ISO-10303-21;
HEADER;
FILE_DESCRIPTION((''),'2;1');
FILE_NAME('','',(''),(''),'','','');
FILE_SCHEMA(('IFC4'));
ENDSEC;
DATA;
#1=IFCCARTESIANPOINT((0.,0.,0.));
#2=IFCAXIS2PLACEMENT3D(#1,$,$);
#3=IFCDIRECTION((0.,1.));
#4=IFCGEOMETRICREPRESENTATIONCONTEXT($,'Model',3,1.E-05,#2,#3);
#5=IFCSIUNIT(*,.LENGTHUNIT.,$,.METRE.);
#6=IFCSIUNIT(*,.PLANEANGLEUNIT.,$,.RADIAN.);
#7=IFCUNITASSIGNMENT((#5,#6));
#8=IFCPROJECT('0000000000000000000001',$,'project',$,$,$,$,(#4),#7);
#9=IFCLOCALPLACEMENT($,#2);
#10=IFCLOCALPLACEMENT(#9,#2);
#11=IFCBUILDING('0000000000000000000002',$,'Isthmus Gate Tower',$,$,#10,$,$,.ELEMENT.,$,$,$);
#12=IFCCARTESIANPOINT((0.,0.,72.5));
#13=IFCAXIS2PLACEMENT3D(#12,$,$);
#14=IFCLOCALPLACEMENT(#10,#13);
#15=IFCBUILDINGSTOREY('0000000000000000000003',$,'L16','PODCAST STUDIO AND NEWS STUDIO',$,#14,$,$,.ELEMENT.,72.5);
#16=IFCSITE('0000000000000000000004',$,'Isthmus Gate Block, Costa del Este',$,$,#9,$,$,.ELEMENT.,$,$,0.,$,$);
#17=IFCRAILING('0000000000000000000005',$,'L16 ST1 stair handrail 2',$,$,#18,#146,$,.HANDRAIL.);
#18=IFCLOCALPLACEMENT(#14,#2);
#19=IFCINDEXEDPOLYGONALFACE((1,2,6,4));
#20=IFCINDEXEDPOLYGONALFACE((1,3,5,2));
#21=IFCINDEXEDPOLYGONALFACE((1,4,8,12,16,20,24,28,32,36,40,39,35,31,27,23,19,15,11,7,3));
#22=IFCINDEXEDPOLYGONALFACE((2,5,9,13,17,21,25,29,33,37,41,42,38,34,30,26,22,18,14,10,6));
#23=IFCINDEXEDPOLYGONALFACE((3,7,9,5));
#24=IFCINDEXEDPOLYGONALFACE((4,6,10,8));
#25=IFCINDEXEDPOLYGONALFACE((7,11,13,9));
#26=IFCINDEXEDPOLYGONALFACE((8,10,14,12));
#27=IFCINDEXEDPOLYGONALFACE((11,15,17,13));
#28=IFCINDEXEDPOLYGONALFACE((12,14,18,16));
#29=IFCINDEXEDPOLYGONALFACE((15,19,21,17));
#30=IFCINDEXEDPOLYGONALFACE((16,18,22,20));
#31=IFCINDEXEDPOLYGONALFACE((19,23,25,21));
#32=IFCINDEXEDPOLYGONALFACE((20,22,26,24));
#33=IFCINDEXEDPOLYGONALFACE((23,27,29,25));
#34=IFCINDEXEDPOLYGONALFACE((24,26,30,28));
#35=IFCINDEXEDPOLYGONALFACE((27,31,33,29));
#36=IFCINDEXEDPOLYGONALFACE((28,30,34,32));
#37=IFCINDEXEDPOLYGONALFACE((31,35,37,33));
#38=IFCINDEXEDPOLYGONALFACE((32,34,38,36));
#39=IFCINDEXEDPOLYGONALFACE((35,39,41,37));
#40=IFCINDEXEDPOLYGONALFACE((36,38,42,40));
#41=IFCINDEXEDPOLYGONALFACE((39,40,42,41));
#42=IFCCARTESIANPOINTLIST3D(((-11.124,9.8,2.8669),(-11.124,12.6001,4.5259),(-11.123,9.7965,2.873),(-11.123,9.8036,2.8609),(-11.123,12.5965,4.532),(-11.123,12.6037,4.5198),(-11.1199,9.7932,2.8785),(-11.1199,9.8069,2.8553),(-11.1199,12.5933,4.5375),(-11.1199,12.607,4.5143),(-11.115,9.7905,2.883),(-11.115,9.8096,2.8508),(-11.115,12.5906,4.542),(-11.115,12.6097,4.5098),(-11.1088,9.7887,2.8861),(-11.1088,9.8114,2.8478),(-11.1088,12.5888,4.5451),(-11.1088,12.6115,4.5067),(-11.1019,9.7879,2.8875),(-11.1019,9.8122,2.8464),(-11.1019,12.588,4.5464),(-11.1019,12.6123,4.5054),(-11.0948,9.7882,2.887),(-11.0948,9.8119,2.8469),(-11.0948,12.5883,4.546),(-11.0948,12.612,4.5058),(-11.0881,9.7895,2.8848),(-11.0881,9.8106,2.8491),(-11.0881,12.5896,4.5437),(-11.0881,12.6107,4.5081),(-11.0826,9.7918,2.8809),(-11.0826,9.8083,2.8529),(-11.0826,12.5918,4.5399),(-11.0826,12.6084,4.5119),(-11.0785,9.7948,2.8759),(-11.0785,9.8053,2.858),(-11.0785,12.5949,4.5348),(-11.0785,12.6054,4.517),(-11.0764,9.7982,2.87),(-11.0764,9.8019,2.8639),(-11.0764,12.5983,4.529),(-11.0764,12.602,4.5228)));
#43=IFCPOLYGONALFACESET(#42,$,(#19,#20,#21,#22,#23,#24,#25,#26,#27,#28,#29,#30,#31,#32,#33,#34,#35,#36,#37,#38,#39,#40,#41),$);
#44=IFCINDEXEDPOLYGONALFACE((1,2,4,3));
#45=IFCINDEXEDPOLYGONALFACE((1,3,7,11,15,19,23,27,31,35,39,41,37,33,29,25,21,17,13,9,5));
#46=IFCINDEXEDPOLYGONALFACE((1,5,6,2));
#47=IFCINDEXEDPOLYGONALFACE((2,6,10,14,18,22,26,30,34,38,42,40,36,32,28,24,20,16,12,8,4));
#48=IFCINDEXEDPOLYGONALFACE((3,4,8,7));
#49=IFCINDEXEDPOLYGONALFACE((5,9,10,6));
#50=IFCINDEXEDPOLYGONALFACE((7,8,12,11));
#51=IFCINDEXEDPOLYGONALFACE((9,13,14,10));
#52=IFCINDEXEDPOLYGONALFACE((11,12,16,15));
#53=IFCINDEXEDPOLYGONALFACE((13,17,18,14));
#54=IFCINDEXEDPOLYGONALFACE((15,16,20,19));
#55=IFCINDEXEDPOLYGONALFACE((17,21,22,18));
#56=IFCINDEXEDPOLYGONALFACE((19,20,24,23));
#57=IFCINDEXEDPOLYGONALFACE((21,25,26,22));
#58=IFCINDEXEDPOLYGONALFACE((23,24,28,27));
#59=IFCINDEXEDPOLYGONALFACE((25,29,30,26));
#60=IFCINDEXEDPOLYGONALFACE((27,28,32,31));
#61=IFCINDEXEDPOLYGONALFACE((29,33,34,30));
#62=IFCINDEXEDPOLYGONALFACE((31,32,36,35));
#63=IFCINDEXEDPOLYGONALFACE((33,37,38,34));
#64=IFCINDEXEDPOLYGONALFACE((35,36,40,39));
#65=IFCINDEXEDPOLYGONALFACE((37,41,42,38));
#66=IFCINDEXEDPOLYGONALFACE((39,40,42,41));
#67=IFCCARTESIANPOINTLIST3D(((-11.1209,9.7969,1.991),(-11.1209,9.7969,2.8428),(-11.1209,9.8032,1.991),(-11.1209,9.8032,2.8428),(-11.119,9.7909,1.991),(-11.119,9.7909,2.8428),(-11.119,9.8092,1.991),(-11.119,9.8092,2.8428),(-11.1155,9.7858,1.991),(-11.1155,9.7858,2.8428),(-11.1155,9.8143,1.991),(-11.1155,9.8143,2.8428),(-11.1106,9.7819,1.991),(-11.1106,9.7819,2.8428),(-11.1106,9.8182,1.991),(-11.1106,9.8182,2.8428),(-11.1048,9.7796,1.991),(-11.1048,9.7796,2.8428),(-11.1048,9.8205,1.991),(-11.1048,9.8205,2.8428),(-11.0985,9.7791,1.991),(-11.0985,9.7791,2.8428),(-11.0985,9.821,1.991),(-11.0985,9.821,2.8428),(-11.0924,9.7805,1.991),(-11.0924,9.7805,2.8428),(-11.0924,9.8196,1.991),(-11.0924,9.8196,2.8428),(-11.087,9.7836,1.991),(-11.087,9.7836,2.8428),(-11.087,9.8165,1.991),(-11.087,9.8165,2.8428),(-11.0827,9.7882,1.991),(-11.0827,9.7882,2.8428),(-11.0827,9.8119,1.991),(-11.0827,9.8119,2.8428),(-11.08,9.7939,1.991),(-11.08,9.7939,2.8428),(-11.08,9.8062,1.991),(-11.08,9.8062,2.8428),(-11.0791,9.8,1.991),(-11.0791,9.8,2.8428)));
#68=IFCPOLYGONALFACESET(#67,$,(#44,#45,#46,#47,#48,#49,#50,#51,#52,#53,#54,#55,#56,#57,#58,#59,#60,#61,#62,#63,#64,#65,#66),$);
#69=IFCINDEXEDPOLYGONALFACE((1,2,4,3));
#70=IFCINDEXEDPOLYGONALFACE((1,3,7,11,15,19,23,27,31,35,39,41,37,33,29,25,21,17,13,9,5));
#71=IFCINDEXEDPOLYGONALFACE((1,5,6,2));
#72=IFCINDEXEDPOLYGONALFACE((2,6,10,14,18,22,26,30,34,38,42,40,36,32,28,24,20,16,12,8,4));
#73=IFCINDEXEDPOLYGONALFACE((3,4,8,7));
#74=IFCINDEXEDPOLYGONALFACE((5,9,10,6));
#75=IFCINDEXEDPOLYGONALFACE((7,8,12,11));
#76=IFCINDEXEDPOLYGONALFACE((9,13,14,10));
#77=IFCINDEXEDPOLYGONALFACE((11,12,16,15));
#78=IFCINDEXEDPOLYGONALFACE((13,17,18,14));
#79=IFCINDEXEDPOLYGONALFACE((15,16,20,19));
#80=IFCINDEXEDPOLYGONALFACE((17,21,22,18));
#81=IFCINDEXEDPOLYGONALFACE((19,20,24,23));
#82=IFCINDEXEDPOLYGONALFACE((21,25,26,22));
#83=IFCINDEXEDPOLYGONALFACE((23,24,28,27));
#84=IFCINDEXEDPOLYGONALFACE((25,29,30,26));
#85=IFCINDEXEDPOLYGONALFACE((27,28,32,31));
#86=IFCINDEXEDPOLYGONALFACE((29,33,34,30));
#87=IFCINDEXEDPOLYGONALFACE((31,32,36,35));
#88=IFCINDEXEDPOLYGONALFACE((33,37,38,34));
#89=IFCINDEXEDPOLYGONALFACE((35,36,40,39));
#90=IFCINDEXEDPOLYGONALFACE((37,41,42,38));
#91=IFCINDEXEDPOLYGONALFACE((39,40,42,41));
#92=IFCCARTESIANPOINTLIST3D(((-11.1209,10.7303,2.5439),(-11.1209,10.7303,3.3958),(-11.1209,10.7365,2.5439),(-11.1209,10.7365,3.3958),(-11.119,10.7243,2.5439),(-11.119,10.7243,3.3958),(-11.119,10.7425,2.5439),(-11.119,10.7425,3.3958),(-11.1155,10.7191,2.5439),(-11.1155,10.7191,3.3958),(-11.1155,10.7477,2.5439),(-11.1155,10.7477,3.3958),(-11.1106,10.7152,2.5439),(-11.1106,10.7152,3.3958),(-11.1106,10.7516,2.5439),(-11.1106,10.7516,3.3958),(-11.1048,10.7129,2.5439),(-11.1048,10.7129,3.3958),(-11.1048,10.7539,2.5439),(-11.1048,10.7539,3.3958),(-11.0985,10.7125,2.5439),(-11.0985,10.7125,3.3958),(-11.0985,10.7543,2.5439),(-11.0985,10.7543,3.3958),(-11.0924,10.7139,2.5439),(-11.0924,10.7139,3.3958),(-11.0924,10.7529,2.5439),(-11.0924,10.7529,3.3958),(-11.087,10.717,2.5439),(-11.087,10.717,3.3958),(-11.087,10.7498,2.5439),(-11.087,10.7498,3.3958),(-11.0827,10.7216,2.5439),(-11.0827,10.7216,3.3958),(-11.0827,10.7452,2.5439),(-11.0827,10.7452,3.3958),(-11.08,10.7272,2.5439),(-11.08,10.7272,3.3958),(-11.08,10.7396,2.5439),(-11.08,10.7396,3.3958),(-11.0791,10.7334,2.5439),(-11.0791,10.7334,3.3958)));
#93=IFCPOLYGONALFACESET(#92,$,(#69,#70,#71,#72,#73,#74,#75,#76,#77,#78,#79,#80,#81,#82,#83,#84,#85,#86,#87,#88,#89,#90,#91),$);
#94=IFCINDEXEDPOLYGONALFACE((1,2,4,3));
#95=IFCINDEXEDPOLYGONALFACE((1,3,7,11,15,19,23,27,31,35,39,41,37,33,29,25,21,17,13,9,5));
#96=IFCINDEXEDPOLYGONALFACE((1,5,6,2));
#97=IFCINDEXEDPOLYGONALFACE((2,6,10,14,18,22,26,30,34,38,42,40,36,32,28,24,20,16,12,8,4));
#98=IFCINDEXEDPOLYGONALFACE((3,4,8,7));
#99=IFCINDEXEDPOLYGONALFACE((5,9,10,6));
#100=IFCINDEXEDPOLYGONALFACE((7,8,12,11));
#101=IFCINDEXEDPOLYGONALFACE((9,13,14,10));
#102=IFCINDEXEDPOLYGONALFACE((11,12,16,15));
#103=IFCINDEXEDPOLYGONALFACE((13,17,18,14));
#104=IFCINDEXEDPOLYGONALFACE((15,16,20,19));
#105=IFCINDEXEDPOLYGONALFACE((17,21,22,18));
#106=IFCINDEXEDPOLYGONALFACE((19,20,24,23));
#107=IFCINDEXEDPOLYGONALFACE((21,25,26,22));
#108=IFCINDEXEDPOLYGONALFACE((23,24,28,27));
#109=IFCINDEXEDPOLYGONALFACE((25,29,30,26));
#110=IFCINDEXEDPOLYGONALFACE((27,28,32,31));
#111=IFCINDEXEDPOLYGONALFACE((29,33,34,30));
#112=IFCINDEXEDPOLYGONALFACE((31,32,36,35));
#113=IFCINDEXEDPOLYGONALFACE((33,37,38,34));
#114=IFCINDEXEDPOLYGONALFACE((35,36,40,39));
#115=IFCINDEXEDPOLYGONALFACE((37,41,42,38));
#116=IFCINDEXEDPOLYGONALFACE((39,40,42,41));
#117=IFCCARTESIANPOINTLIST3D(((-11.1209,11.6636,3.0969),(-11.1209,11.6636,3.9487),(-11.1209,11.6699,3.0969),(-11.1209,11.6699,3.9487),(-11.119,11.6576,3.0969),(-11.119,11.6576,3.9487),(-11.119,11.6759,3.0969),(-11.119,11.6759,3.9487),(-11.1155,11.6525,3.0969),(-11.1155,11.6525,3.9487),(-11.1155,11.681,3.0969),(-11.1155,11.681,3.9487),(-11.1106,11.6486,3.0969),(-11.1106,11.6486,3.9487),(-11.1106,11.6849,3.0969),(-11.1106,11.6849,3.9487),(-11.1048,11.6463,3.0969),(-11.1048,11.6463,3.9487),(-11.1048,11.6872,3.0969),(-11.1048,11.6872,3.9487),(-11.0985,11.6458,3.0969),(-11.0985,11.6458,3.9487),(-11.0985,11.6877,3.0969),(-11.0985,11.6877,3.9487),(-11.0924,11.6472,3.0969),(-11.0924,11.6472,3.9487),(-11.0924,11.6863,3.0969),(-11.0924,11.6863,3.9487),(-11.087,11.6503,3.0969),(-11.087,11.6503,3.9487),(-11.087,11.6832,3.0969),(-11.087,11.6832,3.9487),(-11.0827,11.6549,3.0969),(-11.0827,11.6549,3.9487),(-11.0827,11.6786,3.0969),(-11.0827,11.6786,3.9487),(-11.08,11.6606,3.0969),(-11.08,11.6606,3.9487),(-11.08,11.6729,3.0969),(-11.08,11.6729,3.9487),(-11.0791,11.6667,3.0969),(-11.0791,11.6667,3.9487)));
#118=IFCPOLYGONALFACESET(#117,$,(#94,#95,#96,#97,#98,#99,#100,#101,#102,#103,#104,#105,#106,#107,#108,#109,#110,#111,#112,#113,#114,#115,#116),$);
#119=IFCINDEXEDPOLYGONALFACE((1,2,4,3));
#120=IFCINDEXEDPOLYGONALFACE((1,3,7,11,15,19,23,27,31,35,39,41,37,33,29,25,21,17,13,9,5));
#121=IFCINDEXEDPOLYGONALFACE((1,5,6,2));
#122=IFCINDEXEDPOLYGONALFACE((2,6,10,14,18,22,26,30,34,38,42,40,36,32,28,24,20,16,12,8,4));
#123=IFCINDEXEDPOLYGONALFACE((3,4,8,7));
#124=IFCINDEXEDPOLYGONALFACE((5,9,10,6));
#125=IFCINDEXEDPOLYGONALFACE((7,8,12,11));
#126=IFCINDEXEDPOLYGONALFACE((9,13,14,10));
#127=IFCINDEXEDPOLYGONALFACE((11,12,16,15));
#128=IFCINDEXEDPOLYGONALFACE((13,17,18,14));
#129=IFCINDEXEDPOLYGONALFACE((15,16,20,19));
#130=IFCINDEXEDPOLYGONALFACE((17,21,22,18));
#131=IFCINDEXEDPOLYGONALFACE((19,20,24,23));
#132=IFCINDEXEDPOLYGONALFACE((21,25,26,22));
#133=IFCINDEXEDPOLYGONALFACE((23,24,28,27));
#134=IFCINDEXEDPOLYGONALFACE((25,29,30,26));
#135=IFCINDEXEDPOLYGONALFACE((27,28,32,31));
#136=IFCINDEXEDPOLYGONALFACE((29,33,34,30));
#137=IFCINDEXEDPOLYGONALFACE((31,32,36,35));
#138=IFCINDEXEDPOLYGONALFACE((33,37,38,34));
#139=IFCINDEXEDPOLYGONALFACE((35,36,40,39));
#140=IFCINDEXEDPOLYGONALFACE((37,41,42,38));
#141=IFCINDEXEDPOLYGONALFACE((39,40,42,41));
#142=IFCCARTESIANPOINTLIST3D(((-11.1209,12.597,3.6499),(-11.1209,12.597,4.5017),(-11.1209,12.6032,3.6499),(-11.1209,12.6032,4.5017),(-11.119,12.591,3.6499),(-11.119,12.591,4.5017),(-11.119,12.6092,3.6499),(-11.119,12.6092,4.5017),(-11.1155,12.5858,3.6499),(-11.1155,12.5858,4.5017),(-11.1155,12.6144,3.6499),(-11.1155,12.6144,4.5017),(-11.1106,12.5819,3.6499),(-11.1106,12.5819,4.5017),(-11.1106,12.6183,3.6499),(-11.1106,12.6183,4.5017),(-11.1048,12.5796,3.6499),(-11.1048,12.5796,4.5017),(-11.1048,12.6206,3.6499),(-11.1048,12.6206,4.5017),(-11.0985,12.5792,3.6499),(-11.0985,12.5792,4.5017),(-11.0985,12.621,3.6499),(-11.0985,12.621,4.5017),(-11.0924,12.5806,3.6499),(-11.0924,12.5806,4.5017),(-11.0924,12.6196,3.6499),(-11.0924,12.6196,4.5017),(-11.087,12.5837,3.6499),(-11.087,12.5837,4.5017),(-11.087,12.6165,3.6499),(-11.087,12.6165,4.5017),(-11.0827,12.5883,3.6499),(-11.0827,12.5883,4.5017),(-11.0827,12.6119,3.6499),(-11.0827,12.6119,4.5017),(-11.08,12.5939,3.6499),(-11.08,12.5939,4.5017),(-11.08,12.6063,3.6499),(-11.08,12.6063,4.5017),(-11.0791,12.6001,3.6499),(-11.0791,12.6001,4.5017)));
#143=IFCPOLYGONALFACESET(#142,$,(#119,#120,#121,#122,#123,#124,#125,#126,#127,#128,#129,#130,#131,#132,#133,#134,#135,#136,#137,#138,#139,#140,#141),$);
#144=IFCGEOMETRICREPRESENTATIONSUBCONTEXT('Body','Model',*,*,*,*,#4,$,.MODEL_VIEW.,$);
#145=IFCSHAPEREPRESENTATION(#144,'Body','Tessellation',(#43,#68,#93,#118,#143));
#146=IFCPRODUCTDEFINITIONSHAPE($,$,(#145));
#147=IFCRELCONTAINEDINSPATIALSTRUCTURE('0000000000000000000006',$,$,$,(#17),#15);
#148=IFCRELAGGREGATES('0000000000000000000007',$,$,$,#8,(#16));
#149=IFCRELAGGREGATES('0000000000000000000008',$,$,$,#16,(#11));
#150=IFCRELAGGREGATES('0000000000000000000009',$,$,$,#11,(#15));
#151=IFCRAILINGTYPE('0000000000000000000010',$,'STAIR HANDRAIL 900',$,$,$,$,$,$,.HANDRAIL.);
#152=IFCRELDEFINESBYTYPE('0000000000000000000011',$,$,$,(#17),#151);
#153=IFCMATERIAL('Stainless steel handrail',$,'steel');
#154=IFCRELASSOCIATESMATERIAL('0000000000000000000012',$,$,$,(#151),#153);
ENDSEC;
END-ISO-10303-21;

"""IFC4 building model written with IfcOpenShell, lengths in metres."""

from ifc_helpers import new_model, si_unit, direction, frame, origin, origin_2d, place, context, subcontext, project, spatial, circle, extrude, material, type_object, element, save


model = new_model("IFC4")

# Units and contexts
model_context = context("Model", 3, precision=1e-05, world=origin(), true_north=direction((0.0, 1.0)))
body_context = subcontext(model_context, "Body", "Model", "MODEL_VIEW")
ifc_project = project(units=[si_unit("LENGTHUNIT", "METRE"), si_unit("PLANEANGLEUNIT", "RADIAN")], contexts=[model_context])

# Site, building, storey
site_placement = place(None, origin())
site = spatial("IfcSite", under=ifc_project, at=site_placement, Name="Isthmus Gate Block, Costa del Este", CompositionType="ELEMENT", RefElevation=0.0)
building_placement = place(site_placement, origin())
building = spatial("IfcBuilding", under=site, at=building_placement, Name="Isthmus Gate Tower", CompositionType="ELEMENT")
storey_placement = place(building_placement, frame((0.0, 0.0, 72.5)))
storey = spatial("IfcBuildingStorey", under=building, at=storey_placement, Name="L16", Description="PODCAST STUDIO AND NEWS STUDIO", CompositionType="ELEMENT", Elevation=72.5)

# Railing
ifc_material_1 = material(Name="Stainless steel handrail", Category="steel")
railing_type_1 = type_object("IfcRailingType", Name="STAIR HANDRAIL 900", PredefinedType="HANDRAIL", material=ifc_material_1)
railing_1_placement = place(storey_placement, frame((-11.1001, 9.8, 1.991)))
element("IfcRailing", 1, at=railing_1_placement, inside=storey, type_object=railing_type_1, Name="L16 ST1 stair handrail 2", PredefinedType="HANDRAIL", context=body_context, shape_type="SweptSolid", body=[
    extrude(circle(Radius=0.0239, at=origin_2d()), frame((0.0, 0.0, 0.876), z_axis=(0.0, 0.860339, 0.509722), x_axis=(-1.0, 0.0, 0.0)), (0.0, 0.0, 1.0), 3.2546),
    extrude(circle(Radius=0.021, at=origin_2d()), origin(), (0.0, 0.0, 1.0), 0.8518),
    extrude(circle(Radius=0.021, at=origin_2d()), frame((0.0, 0.9333, 0.553)), (0.0, 0.0, 1.0), 0.8518),
    extrude(circle(Radius=0.021, at=origin_2d()), frame((0.0, 1.8667, 1.106)), (0.0, 0.0, 1.0), 0.8518),
    extrude(circle(Radius=0.021, at=origin_2d()), frame((0.0, 2.8, 1.6589)), (0.0, 0.0, 1.0), 0.8518),
])

save(model, "model.ifc")
